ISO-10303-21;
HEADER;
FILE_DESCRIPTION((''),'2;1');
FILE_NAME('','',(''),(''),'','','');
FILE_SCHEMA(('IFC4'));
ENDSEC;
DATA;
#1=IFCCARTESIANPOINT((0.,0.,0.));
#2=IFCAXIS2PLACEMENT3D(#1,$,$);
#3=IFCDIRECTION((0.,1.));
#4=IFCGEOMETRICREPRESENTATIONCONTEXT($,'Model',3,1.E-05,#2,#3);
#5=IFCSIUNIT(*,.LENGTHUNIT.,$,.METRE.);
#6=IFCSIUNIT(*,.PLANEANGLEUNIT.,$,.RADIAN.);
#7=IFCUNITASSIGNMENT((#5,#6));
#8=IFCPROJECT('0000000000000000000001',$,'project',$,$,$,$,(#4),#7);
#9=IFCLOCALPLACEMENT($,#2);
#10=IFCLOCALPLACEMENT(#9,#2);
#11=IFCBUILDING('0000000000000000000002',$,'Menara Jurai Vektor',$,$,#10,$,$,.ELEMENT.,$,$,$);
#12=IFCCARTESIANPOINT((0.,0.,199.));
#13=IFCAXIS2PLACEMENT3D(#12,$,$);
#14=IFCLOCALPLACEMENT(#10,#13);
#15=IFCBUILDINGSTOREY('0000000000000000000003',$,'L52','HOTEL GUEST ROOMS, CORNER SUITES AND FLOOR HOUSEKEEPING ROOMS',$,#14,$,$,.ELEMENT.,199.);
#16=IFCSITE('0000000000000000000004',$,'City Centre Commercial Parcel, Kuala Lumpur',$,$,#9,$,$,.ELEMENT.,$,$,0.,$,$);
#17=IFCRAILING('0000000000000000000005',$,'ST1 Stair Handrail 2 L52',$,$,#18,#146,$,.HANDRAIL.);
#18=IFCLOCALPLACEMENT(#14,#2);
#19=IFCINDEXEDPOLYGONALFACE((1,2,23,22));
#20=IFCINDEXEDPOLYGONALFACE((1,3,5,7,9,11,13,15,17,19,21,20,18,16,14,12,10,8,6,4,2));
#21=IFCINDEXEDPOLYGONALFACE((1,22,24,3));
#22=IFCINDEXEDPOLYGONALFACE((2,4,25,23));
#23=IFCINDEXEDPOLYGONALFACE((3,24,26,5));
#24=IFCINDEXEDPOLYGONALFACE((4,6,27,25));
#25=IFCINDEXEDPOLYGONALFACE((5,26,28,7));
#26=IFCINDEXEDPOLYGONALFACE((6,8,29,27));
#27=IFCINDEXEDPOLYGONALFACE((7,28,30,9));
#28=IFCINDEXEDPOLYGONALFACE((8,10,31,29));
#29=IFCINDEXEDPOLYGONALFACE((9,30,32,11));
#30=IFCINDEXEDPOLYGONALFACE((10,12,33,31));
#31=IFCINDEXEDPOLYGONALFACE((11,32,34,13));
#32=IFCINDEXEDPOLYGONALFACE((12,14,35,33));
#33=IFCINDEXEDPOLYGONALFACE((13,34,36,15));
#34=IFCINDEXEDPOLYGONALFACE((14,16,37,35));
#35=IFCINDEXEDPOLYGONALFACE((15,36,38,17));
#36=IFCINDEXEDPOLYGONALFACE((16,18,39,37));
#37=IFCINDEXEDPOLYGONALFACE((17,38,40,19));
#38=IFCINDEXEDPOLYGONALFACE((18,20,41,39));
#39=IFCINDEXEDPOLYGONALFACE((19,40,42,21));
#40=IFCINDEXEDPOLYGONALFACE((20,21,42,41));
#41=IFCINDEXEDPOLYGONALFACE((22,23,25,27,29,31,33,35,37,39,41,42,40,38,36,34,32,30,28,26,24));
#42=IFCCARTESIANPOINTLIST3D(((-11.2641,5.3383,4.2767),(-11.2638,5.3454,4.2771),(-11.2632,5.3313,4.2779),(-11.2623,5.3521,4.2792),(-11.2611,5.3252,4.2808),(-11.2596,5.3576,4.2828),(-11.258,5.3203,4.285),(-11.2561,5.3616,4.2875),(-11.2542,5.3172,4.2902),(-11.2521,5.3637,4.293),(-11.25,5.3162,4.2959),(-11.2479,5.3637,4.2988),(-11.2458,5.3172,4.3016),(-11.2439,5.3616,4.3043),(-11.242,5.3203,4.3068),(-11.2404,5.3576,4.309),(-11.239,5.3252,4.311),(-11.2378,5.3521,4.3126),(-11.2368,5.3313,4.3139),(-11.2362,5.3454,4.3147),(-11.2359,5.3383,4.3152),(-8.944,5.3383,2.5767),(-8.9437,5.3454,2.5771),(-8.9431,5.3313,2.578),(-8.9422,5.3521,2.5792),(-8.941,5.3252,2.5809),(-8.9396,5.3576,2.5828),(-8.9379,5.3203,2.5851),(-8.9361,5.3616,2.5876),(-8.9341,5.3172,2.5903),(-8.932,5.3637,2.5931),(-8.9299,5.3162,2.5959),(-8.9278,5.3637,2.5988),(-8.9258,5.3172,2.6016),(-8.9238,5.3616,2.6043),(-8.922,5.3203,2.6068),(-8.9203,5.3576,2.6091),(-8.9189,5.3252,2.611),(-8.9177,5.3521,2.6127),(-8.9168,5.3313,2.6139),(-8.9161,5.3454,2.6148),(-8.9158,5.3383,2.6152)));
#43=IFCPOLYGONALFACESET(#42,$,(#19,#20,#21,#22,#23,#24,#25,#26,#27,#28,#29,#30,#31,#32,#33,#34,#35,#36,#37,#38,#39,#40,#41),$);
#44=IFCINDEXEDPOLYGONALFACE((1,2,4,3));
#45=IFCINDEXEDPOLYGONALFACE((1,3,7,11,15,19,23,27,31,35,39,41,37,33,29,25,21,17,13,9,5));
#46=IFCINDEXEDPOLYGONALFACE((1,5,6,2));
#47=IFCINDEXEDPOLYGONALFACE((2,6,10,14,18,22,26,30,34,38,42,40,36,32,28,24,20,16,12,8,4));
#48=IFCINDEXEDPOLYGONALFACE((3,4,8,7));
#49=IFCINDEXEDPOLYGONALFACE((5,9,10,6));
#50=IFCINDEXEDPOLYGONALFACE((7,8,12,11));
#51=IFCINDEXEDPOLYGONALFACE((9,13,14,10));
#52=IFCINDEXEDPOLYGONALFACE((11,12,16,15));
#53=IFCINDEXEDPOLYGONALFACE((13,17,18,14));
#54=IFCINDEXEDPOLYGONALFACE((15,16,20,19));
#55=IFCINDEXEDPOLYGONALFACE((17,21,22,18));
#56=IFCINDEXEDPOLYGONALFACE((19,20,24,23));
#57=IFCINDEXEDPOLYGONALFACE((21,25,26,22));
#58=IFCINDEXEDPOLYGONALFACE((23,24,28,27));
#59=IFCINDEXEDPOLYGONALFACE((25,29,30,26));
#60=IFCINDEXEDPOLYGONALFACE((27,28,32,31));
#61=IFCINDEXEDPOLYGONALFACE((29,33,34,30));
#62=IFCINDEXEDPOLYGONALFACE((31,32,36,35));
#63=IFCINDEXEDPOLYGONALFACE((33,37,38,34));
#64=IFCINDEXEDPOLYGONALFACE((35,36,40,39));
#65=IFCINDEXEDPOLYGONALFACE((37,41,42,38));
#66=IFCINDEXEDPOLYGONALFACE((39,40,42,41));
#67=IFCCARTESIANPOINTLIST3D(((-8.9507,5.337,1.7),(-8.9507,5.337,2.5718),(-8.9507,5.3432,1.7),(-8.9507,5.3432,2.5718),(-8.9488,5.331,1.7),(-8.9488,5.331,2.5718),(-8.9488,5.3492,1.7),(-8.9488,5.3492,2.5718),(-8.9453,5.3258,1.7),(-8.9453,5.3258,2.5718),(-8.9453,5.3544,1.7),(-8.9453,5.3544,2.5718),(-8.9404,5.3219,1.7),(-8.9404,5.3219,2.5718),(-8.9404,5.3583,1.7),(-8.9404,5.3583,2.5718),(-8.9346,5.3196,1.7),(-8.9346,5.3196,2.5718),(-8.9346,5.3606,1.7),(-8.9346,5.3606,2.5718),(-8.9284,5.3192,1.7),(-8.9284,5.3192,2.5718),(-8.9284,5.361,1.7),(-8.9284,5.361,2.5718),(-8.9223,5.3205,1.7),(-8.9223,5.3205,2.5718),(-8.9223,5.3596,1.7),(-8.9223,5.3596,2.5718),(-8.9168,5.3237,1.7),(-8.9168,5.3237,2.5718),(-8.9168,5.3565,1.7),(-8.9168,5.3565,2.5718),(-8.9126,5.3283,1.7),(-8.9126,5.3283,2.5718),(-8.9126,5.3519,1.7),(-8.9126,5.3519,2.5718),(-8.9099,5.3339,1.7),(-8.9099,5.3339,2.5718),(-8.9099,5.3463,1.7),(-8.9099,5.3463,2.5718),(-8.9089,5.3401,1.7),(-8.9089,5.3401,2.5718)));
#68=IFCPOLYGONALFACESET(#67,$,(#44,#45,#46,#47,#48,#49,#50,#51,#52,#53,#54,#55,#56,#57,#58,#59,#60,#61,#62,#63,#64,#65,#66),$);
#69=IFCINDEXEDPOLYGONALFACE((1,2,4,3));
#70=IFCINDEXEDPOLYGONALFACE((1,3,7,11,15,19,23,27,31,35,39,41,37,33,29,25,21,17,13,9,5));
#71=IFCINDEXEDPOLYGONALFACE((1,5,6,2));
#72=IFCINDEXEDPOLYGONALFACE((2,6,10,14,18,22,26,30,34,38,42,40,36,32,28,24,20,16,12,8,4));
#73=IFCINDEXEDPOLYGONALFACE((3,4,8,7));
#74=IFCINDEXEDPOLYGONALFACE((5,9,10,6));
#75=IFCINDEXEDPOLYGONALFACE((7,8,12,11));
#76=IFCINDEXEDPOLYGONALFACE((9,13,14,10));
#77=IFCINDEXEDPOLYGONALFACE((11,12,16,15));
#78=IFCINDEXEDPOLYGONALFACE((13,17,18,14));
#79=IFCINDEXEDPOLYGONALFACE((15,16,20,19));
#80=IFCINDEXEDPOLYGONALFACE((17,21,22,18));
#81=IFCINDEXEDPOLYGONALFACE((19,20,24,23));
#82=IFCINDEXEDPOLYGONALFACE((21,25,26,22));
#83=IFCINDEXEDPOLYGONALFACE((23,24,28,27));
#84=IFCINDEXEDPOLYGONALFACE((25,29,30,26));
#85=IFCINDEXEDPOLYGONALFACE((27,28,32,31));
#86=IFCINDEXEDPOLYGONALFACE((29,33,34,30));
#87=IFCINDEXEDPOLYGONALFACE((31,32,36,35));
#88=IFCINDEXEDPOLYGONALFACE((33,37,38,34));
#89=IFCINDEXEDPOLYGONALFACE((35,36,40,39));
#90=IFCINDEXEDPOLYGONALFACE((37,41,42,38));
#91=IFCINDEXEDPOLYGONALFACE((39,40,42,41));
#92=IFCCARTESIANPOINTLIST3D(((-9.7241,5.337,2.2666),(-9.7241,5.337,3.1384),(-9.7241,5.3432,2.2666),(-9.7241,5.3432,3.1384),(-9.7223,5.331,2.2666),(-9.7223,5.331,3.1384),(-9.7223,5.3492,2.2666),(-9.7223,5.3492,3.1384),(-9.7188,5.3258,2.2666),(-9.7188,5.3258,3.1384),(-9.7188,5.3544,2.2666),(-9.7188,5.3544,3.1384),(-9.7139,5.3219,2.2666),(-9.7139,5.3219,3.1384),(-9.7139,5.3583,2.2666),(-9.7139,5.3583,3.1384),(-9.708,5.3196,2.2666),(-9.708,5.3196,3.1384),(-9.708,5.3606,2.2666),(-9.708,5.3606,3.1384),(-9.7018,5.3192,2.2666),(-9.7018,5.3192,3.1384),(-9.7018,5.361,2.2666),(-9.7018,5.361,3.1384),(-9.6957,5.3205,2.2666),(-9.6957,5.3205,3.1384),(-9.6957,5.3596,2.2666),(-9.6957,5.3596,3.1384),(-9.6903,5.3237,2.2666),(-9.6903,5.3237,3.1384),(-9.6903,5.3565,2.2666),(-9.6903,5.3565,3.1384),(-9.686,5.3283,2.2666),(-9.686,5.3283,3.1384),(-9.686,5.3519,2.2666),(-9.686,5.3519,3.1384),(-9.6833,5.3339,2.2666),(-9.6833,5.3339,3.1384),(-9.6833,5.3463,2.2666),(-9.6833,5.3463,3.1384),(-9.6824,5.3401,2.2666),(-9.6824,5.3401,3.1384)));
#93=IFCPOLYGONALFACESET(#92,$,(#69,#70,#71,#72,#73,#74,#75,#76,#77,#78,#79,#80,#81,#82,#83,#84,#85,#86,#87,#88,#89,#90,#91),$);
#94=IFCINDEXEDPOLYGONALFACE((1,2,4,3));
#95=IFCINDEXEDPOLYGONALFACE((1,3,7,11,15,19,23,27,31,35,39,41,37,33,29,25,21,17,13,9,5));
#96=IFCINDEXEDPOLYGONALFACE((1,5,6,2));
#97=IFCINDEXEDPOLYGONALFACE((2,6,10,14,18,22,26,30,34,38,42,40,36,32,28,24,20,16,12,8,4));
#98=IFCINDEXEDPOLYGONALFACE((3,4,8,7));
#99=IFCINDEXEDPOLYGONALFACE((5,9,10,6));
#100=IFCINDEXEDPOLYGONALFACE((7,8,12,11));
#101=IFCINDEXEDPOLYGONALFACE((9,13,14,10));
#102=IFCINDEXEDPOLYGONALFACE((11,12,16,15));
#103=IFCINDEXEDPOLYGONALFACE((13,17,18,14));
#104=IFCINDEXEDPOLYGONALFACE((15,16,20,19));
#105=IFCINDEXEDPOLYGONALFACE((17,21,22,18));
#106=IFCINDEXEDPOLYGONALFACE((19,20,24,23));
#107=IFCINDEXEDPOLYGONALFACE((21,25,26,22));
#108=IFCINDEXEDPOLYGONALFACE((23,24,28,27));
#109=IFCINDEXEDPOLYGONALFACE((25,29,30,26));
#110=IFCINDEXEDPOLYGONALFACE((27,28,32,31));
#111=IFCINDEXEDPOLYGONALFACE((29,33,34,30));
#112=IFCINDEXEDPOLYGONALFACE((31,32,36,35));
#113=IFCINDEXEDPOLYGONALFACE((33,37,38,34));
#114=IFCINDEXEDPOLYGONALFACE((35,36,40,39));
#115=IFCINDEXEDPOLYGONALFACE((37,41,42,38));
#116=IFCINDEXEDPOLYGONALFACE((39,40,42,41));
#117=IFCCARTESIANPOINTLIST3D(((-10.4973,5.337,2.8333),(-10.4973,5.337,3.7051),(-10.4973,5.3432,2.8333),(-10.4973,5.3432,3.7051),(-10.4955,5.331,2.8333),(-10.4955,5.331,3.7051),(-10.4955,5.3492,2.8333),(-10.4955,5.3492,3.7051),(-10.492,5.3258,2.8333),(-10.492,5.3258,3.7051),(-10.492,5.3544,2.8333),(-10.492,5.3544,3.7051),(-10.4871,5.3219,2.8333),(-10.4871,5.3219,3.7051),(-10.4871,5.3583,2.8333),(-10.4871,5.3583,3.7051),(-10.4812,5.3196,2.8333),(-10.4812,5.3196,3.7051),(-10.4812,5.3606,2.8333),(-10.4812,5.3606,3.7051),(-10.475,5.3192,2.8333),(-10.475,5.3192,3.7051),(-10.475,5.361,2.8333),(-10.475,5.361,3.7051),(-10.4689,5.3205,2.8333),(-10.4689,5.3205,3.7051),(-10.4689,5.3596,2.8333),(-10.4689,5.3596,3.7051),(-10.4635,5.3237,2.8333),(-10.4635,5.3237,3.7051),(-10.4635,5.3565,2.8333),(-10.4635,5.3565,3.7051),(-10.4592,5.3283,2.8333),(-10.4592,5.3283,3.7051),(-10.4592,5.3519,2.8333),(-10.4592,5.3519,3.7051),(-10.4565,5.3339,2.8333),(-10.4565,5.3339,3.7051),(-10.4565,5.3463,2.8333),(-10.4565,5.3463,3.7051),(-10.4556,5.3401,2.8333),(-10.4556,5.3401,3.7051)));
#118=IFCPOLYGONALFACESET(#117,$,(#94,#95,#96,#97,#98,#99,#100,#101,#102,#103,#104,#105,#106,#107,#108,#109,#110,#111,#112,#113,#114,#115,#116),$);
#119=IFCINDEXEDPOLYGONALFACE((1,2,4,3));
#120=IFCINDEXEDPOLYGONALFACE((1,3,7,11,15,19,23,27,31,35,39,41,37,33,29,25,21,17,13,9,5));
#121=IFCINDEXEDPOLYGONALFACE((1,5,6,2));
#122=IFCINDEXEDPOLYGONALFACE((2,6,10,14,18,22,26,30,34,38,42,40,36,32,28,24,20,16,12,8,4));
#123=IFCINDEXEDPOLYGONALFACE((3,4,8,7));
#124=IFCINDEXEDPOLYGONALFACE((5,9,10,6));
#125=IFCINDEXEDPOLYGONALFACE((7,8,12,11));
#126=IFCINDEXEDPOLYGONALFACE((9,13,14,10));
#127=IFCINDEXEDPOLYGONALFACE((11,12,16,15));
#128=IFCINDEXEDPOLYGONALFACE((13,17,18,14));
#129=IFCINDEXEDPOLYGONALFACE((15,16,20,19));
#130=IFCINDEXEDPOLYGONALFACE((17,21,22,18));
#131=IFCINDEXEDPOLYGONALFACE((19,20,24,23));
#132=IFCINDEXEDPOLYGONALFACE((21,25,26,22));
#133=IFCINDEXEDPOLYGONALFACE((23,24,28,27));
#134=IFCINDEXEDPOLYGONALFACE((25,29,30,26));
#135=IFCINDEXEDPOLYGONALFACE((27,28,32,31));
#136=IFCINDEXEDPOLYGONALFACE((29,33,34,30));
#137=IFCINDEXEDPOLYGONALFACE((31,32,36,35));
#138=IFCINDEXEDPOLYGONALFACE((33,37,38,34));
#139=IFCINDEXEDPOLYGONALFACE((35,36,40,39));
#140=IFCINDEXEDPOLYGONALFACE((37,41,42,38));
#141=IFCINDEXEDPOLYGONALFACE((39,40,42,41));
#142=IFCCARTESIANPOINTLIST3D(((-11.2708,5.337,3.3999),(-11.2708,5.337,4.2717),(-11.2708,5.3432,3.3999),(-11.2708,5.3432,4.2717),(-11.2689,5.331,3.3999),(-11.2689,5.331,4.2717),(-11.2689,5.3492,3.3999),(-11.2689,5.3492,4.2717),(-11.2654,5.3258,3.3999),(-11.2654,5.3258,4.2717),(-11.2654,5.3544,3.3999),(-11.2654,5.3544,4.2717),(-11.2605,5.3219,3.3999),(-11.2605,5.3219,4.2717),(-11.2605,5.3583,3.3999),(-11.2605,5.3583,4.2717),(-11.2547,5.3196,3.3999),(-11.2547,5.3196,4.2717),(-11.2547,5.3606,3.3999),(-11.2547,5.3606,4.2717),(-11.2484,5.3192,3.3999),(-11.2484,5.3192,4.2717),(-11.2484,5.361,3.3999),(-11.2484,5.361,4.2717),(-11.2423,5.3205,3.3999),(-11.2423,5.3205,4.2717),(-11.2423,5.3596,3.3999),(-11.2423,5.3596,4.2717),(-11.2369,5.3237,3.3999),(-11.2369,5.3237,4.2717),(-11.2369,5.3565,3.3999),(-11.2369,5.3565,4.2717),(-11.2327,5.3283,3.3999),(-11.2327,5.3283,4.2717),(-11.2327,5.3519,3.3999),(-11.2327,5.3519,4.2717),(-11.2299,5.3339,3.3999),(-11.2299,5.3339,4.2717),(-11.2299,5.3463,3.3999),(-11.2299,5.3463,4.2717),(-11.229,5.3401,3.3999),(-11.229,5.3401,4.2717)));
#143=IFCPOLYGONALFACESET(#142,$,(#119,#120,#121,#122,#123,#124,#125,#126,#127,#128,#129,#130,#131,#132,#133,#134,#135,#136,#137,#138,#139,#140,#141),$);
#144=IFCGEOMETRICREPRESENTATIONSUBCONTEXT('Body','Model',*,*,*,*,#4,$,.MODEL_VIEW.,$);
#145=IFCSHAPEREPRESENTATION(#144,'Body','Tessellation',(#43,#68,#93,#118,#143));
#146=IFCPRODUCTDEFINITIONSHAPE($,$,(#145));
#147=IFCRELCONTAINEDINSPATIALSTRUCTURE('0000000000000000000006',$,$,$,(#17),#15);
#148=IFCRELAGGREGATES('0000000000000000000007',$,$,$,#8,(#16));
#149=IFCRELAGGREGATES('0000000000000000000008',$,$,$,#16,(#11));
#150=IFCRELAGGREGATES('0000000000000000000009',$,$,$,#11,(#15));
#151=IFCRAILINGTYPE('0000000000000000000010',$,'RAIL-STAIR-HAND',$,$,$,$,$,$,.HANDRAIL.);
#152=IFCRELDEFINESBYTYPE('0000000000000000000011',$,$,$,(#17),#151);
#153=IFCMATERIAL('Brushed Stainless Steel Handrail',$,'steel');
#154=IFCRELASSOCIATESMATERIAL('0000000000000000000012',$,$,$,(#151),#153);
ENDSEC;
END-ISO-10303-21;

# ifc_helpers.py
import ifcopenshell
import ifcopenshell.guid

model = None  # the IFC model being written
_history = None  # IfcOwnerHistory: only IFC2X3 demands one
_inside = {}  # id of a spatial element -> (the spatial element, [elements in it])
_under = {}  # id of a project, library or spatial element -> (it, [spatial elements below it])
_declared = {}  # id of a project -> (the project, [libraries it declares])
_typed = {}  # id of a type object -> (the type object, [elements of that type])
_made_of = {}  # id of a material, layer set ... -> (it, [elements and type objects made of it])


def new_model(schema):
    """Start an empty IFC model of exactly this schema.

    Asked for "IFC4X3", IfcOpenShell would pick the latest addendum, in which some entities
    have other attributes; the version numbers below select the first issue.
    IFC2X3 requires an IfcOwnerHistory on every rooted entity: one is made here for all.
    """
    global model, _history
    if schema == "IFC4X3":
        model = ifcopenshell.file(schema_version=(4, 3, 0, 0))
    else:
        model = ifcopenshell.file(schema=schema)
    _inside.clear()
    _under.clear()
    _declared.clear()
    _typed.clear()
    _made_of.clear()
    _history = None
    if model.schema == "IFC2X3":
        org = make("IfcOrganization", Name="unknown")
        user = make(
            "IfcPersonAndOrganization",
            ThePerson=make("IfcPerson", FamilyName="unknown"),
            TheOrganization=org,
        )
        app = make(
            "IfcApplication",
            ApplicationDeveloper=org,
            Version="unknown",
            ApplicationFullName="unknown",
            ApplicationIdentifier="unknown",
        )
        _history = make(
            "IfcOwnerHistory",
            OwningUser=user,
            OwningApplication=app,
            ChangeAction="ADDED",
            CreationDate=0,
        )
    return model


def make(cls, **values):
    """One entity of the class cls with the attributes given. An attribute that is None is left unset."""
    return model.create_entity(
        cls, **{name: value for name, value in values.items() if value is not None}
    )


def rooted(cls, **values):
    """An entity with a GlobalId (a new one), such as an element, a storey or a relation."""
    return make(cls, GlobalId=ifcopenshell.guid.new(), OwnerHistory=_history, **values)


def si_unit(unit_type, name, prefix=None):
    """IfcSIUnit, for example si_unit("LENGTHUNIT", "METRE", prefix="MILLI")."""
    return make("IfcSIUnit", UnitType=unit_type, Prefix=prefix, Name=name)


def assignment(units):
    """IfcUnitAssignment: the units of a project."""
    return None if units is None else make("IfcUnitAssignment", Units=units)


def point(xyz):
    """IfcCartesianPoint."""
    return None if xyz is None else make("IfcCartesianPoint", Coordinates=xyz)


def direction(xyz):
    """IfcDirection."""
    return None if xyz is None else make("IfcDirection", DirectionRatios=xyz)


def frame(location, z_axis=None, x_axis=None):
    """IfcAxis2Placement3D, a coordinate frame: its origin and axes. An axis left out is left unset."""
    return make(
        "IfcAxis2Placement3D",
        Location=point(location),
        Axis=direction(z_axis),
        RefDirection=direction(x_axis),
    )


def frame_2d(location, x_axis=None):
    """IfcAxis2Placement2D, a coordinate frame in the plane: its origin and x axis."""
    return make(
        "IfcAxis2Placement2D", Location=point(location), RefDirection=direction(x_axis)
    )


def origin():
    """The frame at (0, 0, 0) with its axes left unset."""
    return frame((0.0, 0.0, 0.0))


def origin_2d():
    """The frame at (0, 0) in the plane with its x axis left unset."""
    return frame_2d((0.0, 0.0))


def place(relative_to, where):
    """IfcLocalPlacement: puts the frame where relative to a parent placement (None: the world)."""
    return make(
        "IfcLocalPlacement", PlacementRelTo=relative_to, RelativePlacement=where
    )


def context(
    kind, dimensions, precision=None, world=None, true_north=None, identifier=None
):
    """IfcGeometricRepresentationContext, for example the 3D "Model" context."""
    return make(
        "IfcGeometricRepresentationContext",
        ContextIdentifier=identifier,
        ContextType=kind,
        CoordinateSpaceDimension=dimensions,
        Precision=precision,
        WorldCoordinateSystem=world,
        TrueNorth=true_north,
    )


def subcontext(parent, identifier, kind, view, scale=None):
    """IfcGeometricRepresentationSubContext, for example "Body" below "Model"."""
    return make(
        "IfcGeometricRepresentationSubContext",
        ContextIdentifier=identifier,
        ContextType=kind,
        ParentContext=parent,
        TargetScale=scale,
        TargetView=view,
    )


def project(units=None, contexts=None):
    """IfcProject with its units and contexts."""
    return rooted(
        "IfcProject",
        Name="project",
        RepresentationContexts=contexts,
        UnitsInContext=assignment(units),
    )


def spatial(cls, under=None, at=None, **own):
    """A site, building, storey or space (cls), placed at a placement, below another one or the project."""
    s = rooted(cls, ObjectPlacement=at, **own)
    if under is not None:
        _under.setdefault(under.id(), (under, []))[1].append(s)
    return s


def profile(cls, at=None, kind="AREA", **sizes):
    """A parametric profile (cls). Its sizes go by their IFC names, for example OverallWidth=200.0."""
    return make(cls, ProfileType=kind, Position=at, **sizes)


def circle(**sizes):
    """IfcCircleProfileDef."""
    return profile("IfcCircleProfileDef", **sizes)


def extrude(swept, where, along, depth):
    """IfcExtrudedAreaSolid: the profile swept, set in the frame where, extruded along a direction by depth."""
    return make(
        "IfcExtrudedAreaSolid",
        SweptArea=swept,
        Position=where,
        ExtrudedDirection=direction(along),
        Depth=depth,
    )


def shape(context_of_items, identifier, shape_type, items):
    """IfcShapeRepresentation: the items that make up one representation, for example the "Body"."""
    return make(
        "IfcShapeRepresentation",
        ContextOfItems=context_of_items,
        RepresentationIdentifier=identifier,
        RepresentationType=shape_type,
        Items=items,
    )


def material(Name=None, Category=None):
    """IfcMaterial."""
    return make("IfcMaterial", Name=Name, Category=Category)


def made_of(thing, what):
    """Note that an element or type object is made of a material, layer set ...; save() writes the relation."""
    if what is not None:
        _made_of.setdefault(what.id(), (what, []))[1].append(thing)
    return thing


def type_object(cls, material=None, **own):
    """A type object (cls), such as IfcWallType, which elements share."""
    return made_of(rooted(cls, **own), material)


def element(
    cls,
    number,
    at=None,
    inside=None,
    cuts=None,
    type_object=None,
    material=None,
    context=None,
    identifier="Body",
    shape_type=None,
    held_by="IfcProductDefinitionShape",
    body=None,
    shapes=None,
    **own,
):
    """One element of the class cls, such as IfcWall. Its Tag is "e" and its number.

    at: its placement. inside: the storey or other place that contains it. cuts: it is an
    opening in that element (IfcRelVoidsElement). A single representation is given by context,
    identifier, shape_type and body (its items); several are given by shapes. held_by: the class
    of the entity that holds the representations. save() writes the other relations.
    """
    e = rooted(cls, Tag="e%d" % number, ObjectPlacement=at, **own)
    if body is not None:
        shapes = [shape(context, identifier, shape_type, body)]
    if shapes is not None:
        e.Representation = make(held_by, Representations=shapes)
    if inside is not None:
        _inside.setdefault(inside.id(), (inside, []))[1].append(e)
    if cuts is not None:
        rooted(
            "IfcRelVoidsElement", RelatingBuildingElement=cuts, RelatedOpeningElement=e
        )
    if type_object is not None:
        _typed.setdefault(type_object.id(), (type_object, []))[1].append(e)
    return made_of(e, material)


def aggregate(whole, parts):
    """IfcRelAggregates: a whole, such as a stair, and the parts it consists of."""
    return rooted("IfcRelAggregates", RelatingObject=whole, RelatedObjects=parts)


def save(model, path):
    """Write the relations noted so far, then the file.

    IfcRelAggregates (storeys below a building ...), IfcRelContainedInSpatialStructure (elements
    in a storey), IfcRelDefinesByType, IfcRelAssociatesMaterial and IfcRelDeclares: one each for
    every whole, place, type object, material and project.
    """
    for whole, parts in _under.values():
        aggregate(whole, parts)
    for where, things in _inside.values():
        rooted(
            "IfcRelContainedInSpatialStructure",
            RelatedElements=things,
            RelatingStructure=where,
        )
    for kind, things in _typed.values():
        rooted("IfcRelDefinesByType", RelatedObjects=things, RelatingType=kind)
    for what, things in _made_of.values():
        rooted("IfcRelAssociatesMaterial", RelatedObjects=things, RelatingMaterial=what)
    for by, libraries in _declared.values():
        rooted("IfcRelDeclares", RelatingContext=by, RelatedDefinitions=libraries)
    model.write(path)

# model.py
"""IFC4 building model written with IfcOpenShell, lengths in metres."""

from ifc_helpers import new_model, si_unit, direction, frame, origin, origin_2d, place, context, subcontext, project, spatial, circle, extrude, material, type_object, element, save


model = new_model("IFC4")

# Units and contexts
model_context = context("Model", 3, precision=1e-05, world=origin(), true_north=direction((0.0, 1.0)))
body_context = subcontext(model_context, "Body", "Model", "MODEL_VIEW")
ifc_project = project(units=[si_unit("LENGTHUNIT", "METRE"), si_unit("PLANEANGLEUNIT", "RADIAN")], contexts=[model_context])

# Site, building, storey
site_placement = place(None, origin())
site = spatial("IfcSite", under=ifc_project, at=site_placement, Name="City Centre Commercial Parcel, Kuala Lumpur", CompositionType="ELEMENT", RefElevation=0.0)
building_placement = place(site_placement, origin())
building = spatial("IfcBuilding", under=site, at=building_placement, Name="Menara Jurai Vektor", CompositionType="ELEMENT")
storey_placement = place(building_placement, frame((0.0, 0.0, 199.0)))
storey = spatial("IfcBuildingStorey", under=building, at=storey_placement, Name="L52", Description="HOTEL GUEST ROOMS, CORNER SUITES AND FLOOR HOUSEKEEPING ROOMS", CompositionType="ELEMENT", Elevation=199.0)

# Railing
ifc_material_1 = material(Name="Brushed Stainless Steel Handrail", Category="steel")
railing_type_1 = type_object("IfcRailingType", Name="RAIL-STAIR-HAND", PredefinedType="HANDRAIL", material=ifc_material_1)
railing_1_placement = place(storey_placement, frame((-8.9299, 5.3401, 1.7)))
element("IfcRailing", 1, at=railing_1_placement, inside=storey, type_object=railing_type_1, Name="ST1 Stair Handrail 2 L52", PredefinedType="HANDRAIL", context=body_context, shape_type="SweptSolid", body=[
    extrude(circle(Radius=0.0239, at=origin_2d()), frame((0.0, 0.0, 0.896), z_axis=(-0.806642, 0.0, 0.59104), x_axis=(0.0, -1.0, 0.0)), (0.0, 0.0, 1.0), 2.8762),
    extrude(circle(Radius=0.021, at=origin_2d()), origin(), (0.0, 0.0, 1.0), 0.8718),
    extrude(circle(Radius=0.021, at=origin_2d()), frame((-0.7734, 0.0, 0.5667)), (0.0, 0.0, 1.0), 0.8718),
    extrude(circle(Radius=0.021, at=origin_2d()), frame((-1.5466, 0.0, 1.1333)), (0.0, 0.0, 1.0), 0.8718),
    extrude(circle(Radius=0.021, at=origin_2d()), frame((-2.3201, 0.0, 1.7)), (0.0, 0.0, 1.0), 0.8718),
])

save(model, "model.ifc")
